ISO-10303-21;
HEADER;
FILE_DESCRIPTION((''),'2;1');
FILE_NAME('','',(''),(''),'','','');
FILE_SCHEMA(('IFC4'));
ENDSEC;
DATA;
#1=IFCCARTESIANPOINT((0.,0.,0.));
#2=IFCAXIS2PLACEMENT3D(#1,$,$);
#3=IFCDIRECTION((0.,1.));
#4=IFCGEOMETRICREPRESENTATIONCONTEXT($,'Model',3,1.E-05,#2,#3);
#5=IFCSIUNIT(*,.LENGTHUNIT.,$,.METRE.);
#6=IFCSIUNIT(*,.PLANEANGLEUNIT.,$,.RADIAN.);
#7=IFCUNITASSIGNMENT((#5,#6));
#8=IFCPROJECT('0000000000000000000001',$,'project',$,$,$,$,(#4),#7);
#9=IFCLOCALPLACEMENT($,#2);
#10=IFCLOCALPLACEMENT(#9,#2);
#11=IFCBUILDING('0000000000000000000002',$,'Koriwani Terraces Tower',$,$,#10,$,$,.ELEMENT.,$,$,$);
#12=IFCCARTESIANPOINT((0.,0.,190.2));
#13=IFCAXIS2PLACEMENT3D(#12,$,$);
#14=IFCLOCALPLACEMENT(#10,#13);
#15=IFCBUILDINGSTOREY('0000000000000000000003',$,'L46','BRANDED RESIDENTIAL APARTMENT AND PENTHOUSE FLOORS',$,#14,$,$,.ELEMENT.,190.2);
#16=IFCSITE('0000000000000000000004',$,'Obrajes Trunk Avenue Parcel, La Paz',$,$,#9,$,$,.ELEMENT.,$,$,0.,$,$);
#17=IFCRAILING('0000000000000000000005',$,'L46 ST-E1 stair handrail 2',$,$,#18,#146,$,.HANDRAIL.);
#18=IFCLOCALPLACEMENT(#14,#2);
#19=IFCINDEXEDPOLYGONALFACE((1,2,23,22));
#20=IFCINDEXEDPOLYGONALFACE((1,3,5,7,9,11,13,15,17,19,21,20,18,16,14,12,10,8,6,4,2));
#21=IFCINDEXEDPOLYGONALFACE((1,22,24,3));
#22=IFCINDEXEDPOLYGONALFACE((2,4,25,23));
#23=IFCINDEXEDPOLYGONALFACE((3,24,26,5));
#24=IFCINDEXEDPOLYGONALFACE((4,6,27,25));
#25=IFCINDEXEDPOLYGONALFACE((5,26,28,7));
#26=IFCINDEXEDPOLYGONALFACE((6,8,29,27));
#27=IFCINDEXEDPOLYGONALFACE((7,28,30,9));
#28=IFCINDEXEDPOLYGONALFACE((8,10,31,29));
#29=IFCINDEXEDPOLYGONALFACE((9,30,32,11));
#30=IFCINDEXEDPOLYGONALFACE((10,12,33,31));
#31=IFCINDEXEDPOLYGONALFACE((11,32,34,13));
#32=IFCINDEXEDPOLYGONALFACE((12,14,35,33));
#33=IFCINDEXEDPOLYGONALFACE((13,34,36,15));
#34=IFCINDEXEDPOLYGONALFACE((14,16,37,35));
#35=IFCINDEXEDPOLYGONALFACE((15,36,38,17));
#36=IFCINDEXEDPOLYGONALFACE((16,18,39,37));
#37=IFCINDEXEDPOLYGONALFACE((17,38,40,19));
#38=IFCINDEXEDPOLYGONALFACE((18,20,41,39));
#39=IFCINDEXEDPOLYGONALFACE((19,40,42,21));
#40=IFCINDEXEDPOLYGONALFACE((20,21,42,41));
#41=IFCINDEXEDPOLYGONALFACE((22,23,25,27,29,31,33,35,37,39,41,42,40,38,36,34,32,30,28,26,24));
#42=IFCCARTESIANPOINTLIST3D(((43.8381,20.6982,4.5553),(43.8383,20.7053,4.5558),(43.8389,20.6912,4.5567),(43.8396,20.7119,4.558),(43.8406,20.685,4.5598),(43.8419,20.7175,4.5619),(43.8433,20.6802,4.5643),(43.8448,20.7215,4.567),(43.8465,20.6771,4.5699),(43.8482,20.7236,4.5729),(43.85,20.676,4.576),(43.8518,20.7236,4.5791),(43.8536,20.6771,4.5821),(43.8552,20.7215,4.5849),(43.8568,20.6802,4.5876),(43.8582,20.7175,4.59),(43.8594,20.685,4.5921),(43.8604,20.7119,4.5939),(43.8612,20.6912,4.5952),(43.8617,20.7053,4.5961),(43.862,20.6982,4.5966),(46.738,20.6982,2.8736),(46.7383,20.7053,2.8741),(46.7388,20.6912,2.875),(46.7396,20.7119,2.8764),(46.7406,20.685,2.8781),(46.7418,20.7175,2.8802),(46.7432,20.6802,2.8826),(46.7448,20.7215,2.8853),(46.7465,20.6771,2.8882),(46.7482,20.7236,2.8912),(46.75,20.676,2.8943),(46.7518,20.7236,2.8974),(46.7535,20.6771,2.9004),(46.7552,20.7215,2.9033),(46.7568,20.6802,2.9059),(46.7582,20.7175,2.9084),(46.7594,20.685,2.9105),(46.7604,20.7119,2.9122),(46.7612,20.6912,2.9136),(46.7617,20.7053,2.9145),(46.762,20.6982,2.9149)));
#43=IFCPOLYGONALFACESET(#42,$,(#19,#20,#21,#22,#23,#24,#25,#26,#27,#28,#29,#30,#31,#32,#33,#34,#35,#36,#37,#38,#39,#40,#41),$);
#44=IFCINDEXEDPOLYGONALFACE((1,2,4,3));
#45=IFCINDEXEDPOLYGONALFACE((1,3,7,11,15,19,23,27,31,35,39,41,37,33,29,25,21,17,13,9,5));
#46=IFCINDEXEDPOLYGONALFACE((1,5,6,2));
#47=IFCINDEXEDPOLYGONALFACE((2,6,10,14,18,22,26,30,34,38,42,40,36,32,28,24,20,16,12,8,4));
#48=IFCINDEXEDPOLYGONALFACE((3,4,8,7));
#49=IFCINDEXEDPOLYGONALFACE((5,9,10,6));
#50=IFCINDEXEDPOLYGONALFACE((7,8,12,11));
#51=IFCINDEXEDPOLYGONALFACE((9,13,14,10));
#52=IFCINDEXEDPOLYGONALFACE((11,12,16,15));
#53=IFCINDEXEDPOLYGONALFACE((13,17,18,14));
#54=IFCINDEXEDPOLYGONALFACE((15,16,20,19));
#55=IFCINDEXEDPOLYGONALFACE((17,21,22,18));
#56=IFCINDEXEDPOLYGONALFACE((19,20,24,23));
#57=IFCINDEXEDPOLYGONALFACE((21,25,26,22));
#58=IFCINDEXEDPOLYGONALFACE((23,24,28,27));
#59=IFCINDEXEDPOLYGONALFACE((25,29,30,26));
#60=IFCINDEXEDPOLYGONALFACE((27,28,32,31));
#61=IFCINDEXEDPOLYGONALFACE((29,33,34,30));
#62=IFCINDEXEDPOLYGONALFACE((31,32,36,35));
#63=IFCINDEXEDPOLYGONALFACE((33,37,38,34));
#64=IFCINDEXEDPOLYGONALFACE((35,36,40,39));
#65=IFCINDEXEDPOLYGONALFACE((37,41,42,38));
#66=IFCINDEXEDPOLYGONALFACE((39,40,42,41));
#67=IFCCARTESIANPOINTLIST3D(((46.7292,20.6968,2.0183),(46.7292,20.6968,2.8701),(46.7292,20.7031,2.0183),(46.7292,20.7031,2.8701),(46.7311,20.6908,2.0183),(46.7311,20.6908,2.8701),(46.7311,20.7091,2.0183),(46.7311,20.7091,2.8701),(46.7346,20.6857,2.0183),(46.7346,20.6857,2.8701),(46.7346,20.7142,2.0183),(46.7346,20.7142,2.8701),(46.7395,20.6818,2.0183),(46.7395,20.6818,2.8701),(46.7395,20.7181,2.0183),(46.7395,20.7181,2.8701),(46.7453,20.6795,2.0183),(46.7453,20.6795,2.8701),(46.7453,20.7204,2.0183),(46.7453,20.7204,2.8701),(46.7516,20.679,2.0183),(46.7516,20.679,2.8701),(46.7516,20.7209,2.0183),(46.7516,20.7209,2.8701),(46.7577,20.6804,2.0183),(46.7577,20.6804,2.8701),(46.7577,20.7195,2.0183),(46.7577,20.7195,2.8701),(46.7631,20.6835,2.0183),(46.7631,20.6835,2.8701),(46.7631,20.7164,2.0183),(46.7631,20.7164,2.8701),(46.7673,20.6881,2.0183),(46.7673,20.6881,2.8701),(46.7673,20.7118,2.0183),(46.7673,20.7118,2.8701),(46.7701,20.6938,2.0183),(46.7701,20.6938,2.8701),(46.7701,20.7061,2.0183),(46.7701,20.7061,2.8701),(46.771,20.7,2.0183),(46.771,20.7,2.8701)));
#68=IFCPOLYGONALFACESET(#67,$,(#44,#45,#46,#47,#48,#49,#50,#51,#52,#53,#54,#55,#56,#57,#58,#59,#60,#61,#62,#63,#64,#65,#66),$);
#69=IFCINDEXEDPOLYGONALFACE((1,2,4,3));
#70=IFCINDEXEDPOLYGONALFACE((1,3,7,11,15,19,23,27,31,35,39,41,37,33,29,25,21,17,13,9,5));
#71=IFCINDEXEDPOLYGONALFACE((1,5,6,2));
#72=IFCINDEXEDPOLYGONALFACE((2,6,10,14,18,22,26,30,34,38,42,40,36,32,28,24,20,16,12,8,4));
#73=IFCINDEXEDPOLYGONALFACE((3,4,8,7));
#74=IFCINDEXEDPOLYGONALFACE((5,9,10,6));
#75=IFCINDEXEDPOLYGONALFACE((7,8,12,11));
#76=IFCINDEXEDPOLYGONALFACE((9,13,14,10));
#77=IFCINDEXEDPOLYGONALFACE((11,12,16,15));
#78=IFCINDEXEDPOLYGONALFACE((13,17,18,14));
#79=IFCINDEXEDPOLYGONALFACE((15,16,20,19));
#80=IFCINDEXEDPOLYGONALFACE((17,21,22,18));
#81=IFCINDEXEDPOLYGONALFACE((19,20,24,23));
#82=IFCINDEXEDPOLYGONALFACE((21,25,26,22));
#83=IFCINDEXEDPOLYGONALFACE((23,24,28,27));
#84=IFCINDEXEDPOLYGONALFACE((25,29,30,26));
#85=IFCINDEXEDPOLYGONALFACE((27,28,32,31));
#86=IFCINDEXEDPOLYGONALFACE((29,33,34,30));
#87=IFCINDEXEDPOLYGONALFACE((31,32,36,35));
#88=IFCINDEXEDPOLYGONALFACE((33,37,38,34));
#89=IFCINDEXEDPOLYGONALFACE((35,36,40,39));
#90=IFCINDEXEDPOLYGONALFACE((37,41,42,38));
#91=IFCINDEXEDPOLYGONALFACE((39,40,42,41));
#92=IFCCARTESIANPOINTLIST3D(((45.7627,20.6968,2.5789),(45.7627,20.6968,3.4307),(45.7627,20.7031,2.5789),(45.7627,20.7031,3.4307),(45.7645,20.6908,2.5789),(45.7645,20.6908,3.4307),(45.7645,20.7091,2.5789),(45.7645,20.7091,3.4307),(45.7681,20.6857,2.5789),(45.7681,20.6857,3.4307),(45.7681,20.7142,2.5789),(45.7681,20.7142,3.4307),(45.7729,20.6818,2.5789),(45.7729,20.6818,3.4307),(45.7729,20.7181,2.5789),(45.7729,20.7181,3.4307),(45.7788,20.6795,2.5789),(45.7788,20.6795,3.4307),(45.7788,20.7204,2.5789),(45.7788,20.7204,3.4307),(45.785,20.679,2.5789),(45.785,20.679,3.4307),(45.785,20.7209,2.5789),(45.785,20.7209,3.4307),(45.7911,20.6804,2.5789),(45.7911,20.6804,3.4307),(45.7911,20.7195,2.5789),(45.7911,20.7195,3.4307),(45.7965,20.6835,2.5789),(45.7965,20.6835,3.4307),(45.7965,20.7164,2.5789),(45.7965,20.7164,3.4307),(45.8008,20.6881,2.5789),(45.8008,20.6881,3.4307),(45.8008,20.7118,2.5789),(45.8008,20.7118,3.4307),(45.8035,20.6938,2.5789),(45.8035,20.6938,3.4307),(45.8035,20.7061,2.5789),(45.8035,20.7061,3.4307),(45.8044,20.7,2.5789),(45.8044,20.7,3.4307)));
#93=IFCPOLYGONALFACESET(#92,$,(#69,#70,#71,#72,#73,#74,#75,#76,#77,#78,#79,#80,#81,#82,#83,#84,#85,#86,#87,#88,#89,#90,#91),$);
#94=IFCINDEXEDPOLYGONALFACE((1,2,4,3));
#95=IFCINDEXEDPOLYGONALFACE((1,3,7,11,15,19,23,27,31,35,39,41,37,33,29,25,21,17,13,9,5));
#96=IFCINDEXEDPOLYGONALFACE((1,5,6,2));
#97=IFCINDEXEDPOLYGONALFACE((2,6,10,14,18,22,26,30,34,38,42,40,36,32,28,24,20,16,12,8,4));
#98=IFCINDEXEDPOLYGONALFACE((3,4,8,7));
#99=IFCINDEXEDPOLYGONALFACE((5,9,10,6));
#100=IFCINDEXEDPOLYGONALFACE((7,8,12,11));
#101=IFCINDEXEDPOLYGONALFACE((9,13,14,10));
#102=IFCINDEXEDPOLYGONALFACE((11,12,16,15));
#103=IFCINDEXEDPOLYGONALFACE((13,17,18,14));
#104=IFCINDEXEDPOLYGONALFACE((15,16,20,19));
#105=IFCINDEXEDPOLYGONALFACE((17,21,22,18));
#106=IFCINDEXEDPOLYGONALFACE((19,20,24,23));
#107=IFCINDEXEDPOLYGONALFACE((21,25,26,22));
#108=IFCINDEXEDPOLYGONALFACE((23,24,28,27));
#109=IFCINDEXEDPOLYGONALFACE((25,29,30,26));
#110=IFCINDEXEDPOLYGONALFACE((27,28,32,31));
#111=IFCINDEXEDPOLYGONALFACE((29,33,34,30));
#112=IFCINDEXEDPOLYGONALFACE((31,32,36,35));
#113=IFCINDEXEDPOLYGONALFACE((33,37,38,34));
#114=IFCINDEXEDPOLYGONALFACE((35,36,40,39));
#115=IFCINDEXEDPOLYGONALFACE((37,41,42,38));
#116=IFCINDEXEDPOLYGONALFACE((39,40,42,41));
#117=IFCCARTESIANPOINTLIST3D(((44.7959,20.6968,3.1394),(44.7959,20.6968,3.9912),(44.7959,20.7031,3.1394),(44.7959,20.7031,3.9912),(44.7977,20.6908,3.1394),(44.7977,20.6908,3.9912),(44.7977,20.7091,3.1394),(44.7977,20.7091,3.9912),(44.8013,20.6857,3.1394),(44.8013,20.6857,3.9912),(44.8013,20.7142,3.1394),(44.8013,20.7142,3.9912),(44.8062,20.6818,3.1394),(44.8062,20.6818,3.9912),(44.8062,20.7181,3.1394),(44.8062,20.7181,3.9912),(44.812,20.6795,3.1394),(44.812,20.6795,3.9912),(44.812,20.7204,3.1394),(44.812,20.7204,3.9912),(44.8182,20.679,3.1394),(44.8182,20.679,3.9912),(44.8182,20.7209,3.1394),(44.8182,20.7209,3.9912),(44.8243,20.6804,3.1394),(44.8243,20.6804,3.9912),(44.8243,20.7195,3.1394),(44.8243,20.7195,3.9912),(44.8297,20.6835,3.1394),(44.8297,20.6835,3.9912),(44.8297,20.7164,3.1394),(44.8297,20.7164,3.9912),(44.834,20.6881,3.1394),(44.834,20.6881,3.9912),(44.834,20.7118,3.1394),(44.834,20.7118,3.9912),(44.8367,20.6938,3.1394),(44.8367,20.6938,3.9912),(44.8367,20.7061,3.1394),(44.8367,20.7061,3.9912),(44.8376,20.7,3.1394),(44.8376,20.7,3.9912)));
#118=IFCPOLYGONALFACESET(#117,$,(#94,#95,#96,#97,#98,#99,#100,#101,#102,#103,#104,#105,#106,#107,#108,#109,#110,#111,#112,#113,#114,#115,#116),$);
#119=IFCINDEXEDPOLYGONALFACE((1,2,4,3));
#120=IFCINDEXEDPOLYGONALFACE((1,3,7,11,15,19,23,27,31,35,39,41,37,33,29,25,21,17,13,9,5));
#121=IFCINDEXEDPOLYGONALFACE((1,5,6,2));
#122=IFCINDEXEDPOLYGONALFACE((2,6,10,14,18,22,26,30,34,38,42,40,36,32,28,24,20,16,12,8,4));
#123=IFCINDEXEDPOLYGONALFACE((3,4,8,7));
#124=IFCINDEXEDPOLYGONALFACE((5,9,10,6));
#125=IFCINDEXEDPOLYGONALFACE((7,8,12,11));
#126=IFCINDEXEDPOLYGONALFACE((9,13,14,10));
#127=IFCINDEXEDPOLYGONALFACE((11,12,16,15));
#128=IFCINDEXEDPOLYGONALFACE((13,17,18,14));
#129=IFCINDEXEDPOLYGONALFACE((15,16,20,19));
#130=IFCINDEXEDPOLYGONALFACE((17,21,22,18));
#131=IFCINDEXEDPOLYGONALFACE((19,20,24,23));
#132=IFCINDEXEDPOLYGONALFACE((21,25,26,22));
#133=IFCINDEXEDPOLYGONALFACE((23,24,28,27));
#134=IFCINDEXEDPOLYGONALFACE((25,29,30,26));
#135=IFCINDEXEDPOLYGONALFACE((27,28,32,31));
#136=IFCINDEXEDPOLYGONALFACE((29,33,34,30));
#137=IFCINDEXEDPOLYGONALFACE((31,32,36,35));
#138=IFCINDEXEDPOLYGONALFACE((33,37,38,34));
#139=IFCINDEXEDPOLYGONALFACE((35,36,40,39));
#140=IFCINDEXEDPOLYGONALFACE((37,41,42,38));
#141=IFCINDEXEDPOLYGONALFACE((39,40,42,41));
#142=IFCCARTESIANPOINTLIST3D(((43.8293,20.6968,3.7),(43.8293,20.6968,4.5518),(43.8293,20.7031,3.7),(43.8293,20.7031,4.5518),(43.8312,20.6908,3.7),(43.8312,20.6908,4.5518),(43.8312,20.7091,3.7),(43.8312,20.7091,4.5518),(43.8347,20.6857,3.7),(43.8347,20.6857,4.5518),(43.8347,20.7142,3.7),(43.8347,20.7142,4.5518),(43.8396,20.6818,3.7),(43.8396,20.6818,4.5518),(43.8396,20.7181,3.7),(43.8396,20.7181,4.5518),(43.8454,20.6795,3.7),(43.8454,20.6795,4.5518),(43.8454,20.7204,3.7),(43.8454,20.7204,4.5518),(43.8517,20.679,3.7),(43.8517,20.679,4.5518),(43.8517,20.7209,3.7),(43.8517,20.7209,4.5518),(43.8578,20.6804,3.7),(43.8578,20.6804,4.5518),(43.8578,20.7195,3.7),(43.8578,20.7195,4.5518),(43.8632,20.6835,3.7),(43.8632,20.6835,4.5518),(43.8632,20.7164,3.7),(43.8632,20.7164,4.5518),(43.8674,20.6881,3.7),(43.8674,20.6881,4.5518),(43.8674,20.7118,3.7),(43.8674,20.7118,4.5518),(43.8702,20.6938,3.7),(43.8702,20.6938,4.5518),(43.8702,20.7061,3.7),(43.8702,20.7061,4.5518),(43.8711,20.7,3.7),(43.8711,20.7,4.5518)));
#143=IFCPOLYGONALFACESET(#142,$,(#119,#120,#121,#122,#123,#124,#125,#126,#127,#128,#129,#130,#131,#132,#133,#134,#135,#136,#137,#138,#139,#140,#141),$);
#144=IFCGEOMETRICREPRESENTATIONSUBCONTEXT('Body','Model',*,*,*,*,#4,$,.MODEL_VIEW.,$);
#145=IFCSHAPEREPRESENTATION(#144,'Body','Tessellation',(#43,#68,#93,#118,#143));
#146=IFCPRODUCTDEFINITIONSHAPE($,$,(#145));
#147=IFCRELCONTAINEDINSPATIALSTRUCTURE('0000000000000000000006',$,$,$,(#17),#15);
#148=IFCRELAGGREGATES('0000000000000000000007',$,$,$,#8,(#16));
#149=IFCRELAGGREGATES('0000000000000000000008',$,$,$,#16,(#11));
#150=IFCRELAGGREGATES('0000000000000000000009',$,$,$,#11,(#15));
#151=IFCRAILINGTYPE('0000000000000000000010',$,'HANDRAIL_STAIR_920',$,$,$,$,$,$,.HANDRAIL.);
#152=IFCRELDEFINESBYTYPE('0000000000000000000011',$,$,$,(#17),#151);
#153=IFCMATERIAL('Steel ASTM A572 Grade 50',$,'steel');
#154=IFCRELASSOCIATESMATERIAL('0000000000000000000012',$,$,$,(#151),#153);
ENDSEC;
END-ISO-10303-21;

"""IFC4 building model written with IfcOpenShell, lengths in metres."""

from ifc_helpers import new_model, si_unit, direction, frame, origin, origin_2d, place, context, subcontext, project, spatial, circle, extrude, material, type_object, element, save


model = new_model("IFC4")

# Units and contexts
model_context = context("Model", 3, precision=1e-05, world=origin(), true_north=direction((0.0, 1.0)))
body_context = subcontext(model_context, "Body", "Model", "MODEL_VIEW")
ifc_project = project(units=[si_unit("LENGTHUNIT", "METRE"), si_unit("PLANEANGLEUNIT", "RADIAN")], contexts=[model_context])

# Site, building, storey
site_placement = place(None, origin())
site = spatial("IfcSite", under=ifc_project, at=site_placement, Name="Obrajes Trunk Avenue Parcel, La Paz", CompositionType="ELEMENT", RefElevation=0.0)
building_placement = place(site_placement, origin())
building = spatial("IfcBuilding", under=site, at=building_placement, Name="Koriwani Terraces Tower", CompositionType="ELEMENT")
storey_placement = place(building_placement, frame((0.0, 0.0, 190.2)))
storey = spatial("IfcBuildingStorey", under=building, at=storey_placement, Name="L46", Description="BRANDED RESIDENTIAL APARTMENT AND PENTHOUSE FLOORS", CompositionType="ELEMENT", Elevation=190.2)

# Shared definitions
ifc_material_1 = material(Name="Steel ASTM A572 Grade 50", Category="steel")

# Railing
railing_type_1 = type_object("IfcRailingType", Name="HANDRAIL_STAIR_920", PredefinedType="HANDRAIL", material=ifc_material_1)
railing_1_placement = place(storey_placement, frame((46.75, 20.7, 2.0183)))
element("IfcRailing", 1, at=railing_1_placement, inside=storey, type_object=railing_type_1, Name="L46 ST-E1 stair handrail 2", PredefinedType="HANDRAIL", context=body_context, shape_type="SweptSolid", body=[
    extrude(circle(Radius=0.0239, at=origin_2d()), frame((0.0, 0.0, 0.876), z_axis=(-0.86507, 0.0, 0.501651), x_axis=(0.0, -1.0, 0.0)), (0.0, 0.0, 1.0), 3.3523),
    extrude(circle(Radius=0.021, at=origin_2d()), origin(), (0.0, 0.0, 1.0), 0.8518),
    extrude(circle(Radius=0.021, at=origin_2d()), frame((-0.9666, 0.0, 0.5605)), (0.0, 0.0, 1.0), 0.8518),
    extrude(circle(Radius=0.021, at=origin_2d()), frame((-1.9333, 0.0, 1.1211)), (0.0, 0.0, 1.0), 0.8518),
    extrude(circle(Radius=0.021, at=origin_2d()), frame((-2.8999, 0.0, 1.6816)), (0.0, 0.0, 1.0), 0.8518),
])

save(model, "model.ifc")
